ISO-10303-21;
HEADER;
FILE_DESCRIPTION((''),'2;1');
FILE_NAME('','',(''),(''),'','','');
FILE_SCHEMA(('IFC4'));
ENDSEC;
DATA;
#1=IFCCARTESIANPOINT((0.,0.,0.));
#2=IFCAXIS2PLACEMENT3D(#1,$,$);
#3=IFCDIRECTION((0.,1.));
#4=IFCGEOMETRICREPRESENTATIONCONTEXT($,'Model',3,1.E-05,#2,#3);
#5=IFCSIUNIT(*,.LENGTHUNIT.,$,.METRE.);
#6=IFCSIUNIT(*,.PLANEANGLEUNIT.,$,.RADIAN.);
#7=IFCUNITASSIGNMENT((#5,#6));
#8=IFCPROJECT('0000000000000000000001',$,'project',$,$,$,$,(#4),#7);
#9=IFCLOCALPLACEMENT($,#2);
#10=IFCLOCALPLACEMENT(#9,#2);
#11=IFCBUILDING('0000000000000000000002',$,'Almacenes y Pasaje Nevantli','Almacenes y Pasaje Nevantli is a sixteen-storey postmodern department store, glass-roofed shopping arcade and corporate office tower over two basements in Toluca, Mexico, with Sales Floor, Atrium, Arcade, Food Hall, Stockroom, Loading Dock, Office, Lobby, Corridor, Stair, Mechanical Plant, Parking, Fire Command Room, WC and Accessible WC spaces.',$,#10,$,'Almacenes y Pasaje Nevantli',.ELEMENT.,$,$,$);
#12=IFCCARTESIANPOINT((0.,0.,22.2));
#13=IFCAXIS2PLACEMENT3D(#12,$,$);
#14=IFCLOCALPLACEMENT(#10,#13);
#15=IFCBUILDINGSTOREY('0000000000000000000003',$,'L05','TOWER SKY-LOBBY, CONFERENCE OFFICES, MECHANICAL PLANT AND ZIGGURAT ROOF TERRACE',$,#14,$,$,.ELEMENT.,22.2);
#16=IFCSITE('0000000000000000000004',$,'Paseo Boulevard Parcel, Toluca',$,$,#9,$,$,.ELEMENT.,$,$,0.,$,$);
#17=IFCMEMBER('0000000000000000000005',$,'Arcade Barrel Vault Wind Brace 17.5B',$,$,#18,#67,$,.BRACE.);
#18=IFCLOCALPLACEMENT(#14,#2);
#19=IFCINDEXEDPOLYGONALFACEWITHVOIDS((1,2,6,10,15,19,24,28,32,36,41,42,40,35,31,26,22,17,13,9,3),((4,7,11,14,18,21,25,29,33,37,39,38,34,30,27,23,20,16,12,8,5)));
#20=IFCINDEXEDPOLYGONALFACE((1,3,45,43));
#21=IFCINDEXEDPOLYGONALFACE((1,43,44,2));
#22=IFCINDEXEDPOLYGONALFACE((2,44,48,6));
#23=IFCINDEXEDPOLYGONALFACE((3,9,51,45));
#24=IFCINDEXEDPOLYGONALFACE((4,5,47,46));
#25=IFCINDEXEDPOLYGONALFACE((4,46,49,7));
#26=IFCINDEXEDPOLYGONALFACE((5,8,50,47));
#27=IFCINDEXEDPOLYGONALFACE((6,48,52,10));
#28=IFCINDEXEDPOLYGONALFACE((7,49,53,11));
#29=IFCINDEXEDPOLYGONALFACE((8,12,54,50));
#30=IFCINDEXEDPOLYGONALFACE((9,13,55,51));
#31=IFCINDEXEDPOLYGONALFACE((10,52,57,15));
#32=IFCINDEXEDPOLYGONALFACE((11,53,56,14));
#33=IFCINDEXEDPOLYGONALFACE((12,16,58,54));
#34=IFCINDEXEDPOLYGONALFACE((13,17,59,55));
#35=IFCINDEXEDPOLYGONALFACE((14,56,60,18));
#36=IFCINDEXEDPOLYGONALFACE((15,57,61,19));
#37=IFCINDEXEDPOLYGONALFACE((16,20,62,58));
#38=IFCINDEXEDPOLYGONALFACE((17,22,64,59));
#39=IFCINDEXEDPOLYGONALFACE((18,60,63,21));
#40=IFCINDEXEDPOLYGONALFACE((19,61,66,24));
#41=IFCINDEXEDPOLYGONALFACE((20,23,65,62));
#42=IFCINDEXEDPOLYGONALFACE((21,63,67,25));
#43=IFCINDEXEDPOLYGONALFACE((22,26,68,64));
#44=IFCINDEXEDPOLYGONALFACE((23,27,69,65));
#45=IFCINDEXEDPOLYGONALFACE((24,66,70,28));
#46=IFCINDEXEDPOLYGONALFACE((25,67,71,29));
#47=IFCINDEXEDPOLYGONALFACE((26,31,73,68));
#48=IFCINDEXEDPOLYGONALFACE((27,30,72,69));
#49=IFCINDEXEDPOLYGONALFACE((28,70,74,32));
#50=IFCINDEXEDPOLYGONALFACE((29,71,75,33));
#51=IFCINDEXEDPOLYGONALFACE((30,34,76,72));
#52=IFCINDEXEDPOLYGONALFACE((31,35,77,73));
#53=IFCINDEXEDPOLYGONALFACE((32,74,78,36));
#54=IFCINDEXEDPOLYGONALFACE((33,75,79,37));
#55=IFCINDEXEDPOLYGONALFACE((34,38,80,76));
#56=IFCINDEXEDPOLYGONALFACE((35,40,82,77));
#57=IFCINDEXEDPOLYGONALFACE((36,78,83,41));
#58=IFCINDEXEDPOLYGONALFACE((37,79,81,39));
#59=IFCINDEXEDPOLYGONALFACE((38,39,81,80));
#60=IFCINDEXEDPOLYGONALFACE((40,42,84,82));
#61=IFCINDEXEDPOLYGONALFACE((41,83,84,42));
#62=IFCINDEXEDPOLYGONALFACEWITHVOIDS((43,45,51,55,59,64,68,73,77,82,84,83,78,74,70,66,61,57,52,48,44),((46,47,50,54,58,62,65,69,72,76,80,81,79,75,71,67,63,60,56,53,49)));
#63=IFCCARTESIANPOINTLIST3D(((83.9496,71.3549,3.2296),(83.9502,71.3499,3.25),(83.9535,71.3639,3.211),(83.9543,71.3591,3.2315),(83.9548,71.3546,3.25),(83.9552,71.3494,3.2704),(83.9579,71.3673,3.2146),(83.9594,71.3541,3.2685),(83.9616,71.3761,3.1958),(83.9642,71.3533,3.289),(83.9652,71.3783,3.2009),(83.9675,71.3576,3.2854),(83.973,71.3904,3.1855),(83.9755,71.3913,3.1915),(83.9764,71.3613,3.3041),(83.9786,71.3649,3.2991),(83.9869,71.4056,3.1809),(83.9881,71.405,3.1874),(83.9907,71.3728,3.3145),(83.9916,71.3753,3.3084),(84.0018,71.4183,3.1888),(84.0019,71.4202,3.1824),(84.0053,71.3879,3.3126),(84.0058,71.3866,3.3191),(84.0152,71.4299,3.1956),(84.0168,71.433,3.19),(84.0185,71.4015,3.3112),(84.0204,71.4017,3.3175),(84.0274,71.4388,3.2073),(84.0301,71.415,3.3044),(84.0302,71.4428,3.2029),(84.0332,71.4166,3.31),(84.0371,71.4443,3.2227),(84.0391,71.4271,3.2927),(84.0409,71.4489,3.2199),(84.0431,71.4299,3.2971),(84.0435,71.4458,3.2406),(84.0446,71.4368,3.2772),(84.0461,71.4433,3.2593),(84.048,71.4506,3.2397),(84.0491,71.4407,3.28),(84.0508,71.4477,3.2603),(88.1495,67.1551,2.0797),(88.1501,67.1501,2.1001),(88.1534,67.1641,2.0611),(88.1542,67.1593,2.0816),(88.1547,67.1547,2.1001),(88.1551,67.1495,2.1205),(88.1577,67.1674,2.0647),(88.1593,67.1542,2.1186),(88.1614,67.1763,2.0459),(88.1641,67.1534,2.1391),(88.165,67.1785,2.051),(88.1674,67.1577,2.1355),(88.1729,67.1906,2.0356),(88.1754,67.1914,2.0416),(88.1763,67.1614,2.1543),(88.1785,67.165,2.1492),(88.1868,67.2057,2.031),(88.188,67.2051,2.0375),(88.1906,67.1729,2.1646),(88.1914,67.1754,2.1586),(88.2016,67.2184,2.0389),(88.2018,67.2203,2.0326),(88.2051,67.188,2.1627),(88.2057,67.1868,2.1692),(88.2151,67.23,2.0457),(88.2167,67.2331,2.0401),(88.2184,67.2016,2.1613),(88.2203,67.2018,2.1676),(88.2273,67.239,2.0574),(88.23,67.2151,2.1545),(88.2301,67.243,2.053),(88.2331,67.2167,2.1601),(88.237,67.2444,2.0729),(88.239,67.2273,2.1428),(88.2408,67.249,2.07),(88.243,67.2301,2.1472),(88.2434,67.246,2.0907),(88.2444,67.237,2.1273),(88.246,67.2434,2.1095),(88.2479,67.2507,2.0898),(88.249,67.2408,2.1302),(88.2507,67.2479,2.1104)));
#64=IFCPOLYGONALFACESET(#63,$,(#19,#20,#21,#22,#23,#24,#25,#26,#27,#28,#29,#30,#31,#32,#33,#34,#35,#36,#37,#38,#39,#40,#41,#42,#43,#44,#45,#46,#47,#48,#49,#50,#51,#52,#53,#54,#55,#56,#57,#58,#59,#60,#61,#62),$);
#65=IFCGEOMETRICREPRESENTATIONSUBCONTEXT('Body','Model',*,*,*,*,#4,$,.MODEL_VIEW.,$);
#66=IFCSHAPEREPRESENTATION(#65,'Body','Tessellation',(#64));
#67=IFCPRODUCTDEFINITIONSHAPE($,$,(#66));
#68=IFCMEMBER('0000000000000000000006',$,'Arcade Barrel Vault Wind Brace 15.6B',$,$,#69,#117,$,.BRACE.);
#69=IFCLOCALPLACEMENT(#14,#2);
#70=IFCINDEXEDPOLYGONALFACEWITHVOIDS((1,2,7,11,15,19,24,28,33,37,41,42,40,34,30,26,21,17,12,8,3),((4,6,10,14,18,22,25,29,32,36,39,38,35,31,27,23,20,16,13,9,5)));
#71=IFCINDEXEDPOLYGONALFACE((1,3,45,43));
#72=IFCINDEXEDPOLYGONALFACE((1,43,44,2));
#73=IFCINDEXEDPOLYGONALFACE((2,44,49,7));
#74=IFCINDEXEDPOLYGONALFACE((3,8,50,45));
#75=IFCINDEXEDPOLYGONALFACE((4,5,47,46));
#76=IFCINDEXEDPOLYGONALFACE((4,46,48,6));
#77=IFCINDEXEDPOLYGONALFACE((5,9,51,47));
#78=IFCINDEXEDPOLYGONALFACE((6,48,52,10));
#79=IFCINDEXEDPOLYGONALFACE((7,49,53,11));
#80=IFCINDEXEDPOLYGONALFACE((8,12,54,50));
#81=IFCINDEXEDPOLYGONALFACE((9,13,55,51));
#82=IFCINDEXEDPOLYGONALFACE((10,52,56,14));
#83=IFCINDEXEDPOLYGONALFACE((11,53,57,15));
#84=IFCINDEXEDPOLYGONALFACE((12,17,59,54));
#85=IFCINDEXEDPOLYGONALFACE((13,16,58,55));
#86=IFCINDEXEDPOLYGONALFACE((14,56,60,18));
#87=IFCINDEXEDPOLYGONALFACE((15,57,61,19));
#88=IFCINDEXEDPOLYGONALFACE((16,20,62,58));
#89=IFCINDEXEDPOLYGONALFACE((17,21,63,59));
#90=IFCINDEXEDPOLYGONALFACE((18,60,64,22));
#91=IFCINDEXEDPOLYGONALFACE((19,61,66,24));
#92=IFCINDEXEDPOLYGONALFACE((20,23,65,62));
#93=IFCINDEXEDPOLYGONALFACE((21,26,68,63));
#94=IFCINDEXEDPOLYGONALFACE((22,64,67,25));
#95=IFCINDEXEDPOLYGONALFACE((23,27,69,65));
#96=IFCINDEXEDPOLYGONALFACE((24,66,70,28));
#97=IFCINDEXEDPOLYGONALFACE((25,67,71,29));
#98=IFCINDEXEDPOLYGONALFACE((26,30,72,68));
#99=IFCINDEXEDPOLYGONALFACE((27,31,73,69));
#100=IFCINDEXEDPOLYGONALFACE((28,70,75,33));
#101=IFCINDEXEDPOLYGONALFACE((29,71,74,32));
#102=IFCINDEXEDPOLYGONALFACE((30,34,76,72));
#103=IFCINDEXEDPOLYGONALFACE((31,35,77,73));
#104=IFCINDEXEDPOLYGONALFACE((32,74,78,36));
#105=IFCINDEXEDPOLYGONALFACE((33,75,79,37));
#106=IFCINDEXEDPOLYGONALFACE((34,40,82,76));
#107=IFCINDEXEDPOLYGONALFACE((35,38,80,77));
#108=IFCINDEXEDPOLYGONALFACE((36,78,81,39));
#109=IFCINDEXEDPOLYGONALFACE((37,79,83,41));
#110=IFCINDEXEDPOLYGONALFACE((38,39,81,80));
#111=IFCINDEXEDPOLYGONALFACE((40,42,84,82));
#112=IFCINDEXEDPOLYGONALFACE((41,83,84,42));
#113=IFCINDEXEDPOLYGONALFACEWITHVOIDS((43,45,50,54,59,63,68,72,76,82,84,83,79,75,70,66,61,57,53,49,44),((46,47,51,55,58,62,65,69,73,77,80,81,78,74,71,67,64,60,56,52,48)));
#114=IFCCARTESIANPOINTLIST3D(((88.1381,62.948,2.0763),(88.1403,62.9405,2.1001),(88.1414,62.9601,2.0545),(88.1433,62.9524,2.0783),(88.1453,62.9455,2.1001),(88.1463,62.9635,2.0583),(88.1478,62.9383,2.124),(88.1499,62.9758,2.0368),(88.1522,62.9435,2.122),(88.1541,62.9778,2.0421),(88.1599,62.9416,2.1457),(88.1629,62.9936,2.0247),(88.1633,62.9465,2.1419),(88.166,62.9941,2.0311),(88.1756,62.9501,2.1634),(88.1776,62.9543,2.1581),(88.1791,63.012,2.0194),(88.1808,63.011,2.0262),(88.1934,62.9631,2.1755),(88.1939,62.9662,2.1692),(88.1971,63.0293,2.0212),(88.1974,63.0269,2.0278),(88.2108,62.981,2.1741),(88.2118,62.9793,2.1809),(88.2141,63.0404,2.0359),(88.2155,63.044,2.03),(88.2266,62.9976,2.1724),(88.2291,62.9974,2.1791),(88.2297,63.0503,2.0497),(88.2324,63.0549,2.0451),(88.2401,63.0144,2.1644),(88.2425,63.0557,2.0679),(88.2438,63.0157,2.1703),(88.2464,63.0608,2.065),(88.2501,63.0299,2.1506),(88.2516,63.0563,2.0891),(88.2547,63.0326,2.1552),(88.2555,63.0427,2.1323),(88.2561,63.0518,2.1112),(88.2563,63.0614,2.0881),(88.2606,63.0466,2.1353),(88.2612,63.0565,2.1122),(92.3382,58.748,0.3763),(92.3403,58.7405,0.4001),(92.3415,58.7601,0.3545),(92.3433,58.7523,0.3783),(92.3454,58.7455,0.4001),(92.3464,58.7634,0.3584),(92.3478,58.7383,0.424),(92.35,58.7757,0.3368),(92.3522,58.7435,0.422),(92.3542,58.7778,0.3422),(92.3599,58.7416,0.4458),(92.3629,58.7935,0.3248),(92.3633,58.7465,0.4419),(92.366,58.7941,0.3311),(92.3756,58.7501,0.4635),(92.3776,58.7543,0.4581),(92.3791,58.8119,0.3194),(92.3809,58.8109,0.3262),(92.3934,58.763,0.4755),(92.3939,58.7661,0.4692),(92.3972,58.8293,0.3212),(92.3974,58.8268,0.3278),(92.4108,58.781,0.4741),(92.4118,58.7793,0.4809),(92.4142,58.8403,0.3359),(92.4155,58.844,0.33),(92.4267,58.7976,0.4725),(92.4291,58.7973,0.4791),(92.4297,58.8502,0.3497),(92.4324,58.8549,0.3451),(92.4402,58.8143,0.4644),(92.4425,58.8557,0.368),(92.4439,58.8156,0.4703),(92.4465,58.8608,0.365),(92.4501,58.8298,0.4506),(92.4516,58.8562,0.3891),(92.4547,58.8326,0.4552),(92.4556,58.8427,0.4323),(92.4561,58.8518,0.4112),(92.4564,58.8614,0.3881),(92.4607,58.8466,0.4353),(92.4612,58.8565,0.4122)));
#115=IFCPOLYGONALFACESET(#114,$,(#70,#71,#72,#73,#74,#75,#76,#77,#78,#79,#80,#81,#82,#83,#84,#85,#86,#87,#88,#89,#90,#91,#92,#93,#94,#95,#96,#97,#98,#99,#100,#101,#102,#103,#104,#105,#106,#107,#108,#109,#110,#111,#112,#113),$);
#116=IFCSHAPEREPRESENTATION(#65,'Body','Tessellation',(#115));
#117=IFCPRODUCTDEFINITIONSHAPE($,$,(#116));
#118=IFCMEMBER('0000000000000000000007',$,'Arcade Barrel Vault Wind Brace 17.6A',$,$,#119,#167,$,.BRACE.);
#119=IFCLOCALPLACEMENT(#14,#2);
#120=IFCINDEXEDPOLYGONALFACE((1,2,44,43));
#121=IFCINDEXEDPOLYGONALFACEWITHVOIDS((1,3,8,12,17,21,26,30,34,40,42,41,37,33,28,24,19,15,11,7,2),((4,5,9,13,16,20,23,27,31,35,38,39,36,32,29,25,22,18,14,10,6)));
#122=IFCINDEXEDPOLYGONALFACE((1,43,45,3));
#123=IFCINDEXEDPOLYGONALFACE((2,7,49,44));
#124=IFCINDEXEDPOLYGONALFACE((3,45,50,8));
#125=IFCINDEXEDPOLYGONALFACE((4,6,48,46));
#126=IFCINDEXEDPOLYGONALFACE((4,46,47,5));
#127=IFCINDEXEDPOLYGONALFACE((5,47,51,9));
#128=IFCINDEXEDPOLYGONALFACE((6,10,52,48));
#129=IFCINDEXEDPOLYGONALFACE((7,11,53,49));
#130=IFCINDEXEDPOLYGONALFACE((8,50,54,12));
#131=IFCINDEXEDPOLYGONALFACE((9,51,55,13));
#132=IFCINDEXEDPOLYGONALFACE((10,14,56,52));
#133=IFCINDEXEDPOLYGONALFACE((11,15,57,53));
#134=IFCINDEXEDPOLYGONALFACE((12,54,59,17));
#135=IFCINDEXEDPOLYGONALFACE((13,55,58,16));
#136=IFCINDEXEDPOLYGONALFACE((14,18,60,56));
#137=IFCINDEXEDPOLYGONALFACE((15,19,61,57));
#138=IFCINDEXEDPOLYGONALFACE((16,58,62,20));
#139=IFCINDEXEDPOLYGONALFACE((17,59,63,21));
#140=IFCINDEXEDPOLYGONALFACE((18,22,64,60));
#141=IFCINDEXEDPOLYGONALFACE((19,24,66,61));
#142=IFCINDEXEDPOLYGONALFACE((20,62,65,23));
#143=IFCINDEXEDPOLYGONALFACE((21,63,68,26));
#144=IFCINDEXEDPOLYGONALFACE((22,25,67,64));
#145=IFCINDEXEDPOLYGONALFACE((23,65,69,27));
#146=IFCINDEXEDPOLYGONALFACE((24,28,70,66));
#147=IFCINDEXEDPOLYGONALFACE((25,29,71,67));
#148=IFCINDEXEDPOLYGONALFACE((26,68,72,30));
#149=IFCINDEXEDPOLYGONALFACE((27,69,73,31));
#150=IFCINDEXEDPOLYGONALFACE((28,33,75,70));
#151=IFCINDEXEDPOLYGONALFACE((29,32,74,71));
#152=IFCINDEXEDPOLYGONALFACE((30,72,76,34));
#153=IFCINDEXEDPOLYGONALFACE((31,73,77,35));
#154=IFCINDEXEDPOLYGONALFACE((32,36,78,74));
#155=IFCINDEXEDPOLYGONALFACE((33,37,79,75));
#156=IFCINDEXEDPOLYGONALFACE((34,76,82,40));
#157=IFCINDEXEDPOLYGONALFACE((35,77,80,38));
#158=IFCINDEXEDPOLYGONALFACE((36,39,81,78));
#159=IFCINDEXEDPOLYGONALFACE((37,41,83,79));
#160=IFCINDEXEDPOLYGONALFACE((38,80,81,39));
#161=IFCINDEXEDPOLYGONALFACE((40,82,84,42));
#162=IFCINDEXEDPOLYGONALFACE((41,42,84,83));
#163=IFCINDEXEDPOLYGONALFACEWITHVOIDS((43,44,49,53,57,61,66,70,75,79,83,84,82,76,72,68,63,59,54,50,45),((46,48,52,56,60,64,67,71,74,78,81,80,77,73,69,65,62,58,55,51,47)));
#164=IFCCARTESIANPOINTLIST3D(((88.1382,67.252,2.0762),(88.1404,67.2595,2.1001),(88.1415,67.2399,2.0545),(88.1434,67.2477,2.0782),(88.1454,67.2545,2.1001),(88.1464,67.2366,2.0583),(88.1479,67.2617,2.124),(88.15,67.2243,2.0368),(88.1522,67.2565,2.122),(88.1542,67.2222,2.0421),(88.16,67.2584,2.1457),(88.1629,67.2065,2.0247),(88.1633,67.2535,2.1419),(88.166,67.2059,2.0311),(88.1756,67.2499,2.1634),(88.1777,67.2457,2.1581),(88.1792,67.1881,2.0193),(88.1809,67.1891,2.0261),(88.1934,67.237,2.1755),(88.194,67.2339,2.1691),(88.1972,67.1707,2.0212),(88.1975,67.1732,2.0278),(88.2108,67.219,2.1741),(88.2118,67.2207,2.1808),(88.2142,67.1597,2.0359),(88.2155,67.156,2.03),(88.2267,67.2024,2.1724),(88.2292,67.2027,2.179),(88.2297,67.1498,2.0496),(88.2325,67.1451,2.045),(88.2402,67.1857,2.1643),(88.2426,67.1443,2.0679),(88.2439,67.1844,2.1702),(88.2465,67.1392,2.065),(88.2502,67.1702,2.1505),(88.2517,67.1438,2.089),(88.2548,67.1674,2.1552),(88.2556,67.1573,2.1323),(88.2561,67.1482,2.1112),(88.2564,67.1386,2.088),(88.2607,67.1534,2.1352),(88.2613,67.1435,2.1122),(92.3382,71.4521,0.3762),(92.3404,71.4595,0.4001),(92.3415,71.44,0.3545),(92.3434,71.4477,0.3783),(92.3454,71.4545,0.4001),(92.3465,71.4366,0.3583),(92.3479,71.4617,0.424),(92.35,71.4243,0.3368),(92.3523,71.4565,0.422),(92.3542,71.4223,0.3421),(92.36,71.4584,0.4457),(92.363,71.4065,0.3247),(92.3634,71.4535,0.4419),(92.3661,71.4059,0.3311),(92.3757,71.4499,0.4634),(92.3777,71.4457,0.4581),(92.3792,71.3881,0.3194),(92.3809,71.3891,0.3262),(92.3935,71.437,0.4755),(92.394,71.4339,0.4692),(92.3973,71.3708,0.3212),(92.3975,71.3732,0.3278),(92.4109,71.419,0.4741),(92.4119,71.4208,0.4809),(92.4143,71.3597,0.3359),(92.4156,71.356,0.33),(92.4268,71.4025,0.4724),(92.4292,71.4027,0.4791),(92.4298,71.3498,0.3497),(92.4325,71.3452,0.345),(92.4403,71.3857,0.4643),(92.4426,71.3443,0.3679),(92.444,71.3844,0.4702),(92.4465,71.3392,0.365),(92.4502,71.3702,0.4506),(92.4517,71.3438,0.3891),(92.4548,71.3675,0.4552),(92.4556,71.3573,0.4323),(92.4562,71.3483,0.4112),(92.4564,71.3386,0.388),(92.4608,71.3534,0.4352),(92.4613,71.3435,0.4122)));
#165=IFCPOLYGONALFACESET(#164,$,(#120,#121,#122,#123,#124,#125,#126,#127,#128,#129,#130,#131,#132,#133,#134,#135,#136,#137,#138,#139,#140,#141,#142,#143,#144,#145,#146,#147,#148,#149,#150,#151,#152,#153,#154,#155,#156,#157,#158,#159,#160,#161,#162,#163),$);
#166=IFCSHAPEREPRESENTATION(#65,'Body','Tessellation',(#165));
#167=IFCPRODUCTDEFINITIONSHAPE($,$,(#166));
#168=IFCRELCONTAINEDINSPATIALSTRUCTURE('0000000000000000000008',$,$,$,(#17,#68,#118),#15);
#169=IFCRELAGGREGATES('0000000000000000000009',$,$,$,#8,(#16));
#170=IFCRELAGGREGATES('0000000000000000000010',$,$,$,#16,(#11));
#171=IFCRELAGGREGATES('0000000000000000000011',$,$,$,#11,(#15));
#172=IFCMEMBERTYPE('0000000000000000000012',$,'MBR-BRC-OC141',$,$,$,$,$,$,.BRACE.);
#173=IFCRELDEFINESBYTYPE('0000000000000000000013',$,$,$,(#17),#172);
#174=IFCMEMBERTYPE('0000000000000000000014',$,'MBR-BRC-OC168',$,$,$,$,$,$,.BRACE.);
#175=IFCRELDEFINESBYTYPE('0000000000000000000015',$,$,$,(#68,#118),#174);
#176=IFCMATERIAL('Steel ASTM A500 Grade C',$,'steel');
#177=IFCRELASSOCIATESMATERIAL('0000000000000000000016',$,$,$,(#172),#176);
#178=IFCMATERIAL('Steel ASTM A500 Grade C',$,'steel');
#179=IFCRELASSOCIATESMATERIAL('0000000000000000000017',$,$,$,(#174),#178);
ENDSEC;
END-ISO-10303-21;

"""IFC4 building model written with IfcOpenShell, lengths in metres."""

from ifc_helpers import new_model, si_unit, direction, frame, origin, origin_2d, place, context, subcontext, project, spatial, hollow_circle, extrude, material, material_profile, profile_set, type_object, element, save


model = new_model("IFC4")

# Units and contexts
model_context = context("Model", 3, precision=1e-05, world=origin(), true_north=direction((0.0, 1.0)))
body_context = subcontext(model_context, "Body", "Model", "MODEL_VIEW")
ifc_project = project(units=[si_unit("LENGTHUNIT", "METRE"), si_unit("PLANEANGLEUNIT", "RADIAN")], contexts=[model_context])

# Site, building, storey
site_placement = place(None, origin())
site = spatial("IfcSite", under=ifc_project, at=site_placement, Name="Paseo Boulevard Parcel, Toluca", CompositionType="ELEMENT", RefElevation=0.0)
building_placement = place(site_placement, origin())
building = spatial("IfcBuilding", under=site, at=building_placement, Name="Almacenes y Pasaje Nevantli", Description="Almacenes y Pasaje Nevantli is a sixteen-storey postmodern department store, glass-roofed shopping arcade and corporate office tower over two basements in Toluca, Mexico, with Sales Floor, Atrium, Arcade, Food Hall, Stockroom, Loading Dock, Office, Lobby, Corridor, Stair, Mechanical Plant, Parking, Fire Command Room, WC and Accessible WC spaces.", LongName="Almacenes y Pasaje Nevantli", CompositionType="ELEMENT")
storey_placement = place(building_placement, frame((0.0, 0.0, 22.2)))
storey = spatial("IfcBuildingStorey", under=building, at=storey_placement, Name="L05", Description="TOWER SKY-LOBBY, CONFERENCE OFFICES, MECHANICAL PLANT AND ZIGGURAT ROOF TERRACE", CompositionType="ELEMENT", Elevation=22.2)

# Members
ifc_material_1 = material(Name="Steel ASTM A500 Grade C", Category="steel")
ifc_material_profile_1 = material_profile(ifc_material_1, hollow_circle(Radius=0.0706, WallThickness=0.0066, at=origin_2d()), Name="OC 141x6.6")
ifc_profile_set_1 = profile_set([ifc_material_profile_1], Name="Steel ASTM A500 Grade C")
member_type_1 = type_object("IfcMemberType", Name="MBR-BRC-OC141", PredefinedType="BRACE", material=ifc_profile_set_1)
for number, where, z_axis, x_axis, name in (
    (1, (88.2, 67.2, 2.1001), (-0.694217, 0.694217, 0.190069), (-0.707107, -0.707107, 0.0), "Arcade Barrel Vault Wind Brace 17.5B"),
):
    element("IfcMember", number, at=place(storey_placement, frame(where, z_axis=z_axis, x_axis=x_axis)), inside=storey, type_object=member_type_1, Name=name, PredefinedType="BRACE", context=body_context, shape_type="SweptSolid", body=[
        extrude(hollow_circle(Radius=0.0706, WallThickness=0.0066, at=origin_2d()), origin(), (0.0, 0.0, 1.0), 6.0498),
    ])
ifc_material_2 = material(Name="Steel ASTM A500 Grade C", Category="steel")
ifc_material_profile_2 = material_profile(ifc_material_2, hollow_circle(Radius=0.0842, WallThickness=0.0071, at=origin_2d()), Name="OC 168x7.1")
ifc_profile_set_2 = profile_set([ifc_material_profile_2], Name="Steel ASTM A500 Grade C")
member_type_2 = type_object("IfcMemberType", Name="MBR-BRC-OC168", PredefinedType="BRACE", material=ifc_profile_set_2)
for number, where, z_axis, x_axis, name in (
    (2, (92.3999, 58.8, 0.4001), (-0.679812, 0.679812, 0.275157), (-0.707107, -0.707107, 0.0), "Arcade Barrel Vault Wind Brace 15.6B"),
    (3, (88.2, 67.2, 2.1001), (0.679812, 0.679812, -0.275157), (-0.707107, 0.707107, 0.0), "Arcade Barrel Vault Wind Brace 17.6A"),
):
    element("IfcMember", number, at=place(storey_placement, frame(where, z_axis=z_axis, x_axis=x_axis)), inside=storey, type_object=member_type_2, Name=name, PredefinedType="BRACE", context=body_context, shape_type="SweptSolid", body=[
        extrude(hollow_circle(Radius=0.0842, WallThickness=0.0071, at=origin_2d()), origin(), (0.0, 0.0, 1.0), 6.1782),
    ])

save(model, "model.ifc")
